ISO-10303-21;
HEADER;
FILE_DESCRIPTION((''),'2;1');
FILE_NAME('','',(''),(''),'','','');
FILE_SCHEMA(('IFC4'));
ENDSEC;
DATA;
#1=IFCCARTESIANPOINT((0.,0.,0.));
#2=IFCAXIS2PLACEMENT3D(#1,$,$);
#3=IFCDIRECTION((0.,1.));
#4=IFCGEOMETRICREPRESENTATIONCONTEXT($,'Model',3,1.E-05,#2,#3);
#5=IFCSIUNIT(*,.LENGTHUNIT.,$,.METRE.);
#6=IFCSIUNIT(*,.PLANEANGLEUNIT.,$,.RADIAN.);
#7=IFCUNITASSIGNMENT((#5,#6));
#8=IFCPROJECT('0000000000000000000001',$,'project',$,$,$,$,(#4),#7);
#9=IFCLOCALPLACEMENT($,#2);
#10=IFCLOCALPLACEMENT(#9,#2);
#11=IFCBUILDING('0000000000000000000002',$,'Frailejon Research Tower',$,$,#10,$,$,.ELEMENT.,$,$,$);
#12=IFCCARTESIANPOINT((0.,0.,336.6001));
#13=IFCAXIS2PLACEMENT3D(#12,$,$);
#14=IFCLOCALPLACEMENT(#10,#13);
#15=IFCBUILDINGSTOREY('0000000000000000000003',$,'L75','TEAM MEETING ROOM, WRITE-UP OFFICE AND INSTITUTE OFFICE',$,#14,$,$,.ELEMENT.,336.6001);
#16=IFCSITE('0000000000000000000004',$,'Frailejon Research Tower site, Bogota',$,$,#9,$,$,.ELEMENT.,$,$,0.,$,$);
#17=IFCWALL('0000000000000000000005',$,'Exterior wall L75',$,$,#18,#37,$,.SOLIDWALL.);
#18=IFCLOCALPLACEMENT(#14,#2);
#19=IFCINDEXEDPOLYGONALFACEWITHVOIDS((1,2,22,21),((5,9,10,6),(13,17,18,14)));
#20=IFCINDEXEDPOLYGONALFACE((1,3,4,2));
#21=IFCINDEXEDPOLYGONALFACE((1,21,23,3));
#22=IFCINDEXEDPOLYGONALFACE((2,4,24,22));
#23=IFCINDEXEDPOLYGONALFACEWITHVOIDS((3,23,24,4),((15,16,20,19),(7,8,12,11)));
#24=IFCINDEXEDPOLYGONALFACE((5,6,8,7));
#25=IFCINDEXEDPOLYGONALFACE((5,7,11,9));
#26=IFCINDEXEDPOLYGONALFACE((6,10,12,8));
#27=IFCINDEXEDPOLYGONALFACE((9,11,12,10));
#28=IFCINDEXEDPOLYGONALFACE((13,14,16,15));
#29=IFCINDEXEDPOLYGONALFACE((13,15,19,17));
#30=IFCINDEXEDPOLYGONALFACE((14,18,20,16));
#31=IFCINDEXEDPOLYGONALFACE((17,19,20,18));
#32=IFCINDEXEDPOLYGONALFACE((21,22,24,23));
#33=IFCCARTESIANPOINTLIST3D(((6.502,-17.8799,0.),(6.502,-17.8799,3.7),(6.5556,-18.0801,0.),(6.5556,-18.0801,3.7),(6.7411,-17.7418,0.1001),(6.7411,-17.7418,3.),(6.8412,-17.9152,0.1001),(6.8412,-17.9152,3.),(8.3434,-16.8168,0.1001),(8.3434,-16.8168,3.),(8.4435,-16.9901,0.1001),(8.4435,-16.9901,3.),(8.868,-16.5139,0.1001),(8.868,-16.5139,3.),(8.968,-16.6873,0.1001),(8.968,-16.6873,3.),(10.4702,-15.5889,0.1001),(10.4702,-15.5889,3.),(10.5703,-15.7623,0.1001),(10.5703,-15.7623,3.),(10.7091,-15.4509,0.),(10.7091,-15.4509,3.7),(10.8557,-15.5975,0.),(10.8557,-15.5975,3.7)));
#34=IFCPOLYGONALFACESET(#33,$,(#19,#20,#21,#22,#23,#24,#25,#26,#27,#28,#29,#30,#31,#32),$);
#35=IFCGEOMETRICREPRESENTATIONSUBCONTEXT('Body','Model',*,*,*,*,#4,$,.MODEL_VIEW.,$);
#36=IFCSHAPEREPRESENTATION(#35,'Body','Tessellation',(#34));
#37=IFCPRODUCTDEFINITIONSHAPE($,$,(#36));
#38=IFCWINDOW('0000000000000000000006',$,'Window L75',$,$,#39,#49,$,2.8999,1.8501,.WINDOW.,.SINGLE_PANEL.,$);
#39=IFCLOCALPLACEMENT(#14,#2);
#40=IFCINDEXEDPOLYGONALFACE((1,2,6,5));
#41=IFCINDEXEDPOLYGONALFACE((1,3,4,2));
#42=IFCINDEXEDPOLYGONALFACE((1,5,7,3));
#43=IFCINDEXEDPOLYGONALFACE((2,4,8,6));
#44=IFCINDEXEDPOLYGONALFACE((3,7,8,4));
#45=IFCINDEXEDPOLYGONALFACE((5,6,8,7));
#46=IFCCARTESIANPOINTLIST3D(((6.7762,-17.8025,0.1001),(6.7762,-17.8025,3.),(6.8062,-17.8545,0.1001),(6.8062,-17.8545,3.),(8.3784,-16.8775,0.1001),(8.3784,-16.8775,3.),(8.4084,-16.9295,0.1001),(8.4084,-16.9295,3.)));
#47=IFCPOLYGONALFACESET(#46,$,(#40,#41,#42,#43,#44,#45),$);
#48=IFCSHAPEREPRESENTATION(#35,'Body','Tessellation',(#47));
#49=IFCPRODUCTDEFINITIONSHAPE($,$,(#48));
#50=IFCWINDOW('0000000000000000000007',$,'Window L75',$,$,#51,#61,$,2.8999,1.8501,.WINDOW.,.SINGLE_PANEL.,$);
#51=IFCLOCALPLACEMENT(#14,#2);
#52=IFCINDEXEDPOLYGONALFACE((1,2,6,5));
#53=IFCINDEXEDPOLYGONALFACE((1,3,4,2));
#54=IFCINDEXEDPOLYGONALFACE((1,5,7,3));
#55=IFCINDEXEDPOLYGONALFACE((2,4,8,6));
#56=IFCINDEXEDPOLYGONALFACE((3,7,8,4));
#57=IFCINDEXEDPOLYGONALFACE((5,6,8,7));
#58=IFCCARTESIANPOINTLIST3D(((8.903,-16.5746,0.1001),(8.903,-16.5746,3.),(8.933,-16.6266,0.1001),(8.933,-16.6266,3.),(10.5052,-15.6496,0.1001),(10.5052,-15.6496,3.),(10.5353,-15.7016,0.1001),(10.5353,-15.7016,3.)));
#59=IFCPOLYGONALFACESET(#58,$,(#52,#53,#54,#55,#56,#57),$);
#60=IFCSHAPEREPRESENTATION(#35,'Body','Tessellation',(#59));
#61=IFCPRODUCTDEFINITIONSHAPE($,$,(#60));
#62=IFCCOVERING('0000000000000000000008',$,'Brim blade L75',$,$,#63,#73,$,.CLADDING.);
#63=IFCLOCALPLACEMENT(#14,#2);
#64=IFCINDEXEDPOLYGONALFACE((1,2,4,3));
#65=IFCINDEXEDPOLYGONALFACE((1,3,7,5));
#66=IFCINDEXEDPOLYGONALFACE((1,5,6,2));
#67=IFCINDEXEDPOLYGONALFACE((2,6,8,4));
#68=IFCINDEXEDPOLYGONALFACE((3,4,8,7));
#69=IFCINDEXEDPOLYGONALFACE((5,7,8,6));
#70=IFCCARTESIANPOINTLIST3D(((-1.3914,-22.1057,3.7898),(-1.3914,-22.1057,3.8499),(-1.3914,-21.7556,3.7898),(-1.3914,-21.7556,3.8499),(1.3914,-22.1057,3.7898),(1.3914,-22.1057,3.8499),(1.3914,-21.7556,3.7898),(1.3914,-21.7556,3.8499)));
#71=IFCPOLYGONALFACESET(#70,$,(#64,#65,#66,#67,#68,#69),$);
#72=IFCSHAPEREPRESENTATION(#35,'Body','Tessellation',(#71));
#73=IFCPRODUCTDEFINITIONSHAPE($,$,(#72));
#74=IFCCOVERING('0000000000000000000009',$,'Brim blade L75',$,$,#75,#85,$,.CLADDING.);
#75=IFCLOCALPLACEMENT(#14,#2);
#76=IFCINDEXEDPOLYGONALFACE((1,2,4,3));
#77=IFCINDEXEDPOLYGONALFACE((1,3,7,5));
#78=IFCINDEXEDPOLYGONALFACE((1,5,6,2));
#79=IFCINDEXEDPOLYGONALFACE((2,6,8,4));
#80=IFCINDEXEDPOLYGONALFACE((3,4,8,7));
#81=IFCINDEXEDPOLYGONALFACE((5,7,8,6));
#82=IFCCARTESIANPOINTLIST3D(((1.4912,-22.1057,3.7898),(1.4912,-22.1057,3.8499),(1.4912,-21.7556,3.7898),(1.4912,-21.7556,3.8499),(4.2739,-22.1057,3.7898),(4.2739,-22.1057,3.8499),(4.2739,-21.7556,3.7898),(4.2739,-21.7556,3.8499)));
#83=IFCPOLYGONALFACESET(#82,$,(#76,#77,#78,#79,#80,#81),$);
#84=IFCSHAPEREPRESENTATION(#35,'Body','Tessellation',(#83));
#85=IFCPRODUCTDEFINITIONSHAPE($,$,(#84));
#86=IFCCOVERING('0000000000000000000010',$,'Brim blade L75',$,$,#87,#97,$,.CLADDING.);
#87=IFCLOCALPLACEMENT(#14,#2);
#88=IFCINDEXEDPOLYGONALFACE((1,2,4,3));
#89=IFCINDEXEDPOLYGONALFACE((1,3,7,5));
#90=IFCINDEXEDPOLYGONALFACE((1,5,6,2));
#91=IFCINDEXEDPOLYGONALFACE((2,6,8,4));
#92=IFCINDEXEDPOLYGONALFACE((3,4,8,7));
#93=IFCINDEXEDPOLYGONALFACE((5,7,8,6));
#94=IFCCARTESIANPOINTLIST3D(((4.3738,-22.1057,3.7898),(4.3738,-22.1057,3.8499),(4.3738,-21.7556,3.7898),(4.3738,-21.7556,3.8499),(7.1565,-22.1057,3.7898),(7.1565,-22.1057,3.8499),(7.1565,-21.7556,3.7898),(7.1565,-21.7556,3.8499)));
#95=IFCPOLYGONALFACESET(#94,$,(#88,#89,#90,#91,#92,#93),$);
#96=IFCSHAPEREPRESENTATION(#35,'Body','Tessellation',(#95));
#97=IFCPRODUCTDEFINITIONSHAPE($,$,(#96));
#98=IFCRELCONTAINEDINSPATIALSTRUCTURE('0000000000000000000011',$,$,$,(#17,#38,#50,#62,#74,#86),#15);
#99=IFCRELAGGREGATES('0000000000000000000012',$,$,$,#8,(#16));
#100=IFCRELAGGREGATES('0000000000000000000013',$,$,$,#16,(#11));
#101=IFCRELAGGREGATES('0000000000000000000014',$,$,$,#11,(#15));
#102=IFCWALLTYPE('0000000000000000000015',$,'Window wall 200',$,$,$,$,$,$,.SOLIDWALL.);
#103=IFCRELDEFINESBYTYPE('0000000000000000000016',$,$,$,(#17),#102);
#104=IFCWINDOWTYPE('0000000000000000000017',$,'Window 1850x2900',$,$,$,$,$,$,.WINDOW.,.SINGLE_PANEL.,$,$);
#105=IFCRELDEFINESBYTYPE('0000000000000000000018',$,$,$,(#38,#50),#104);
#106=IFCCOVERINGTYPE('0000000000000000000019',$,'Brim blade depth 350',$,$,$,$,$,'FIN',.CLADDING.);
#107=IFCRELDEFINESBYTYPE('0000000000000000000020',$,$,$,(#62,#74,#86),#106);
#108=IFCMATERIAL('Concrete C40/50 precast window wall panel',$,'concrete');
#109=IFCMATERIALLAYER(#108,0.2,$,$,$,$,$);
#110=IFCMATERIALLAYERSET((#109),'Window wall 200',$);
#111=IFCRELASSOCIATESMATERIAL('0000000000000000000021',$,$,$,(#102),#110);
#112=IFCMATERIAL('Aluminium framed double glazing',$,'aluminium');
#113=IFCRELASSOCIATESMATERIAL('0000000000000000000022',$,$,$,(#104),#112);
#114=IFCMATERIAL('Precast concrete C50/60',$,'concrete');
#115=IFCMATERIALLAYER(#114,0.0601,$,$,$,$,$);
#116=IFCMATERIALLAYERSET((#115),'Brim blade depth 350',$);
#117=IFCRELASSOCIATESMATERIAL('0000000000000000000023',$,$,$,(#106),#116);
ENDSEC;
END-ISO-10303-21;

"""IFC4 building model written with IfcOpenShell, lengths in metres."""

from ifc_helpers import new_model, si_unit, direction, frame, frame_2d, origin, place, context, subcontext, project, spatial, polyline, rectangle, outline, extrude, material, layer, layer_set, type_object, element, fill, save


model = new_model("IFC4")

# Units and contexts
model_context = context("Model", 3, precision=1e-05, world=origin(), true_north=direction((0.0, 1.0)))
body_context = subcontext(model_context, "Body", "Model", "MODEL_VIEW")
ifc_project = project(units=[si_unit("LENGTHUNIT", "METRE"), si_unit("PLANEANGLEUNIT", "RADIAN")], contexts=[model_context])

# Site, building, storey
site_placement = place(None, origin())
site = spatial("IfcSite", under=ifc_project, at=site_placement, Name="Frailejon Research Tower site, Bogota", CompositionType="ELEMENT", RefElevation=0.0)
building_placement = place(site_placement, origin())
building = spatial("IfcBuilding", under=site, at=building_placement, Name="Frailejon Research Tower", CompositionType="ELEMENT")
storey_placement = place(building_placement, frame((0.0, 0.0, 336.6001)))
storey = spatial("IfcBuildingStorey", under=building, at=storey_placement, Name="L75", Description="TEAM MEETING ROOM, WRITE-UP OFFICE AND INSTITUTE OFFICE", CompositionType="ELEMENT", Elevation=336.6001)

# Wall, openings, windows
ifc_material_1 = material(Name="Concrete C40/50 precast window wall panel", Category="concrete")
ifc_layer_1 = layer(ifc_material_1, 0.2)
ifc_layer_set_1 = layer_set([ifc_layer_1], Name="Window wall 200")
wall_type_1 = type_object("IfcWallType", Name="Window wall 200", PredefinedType="SOLIDWALL", material=ifc_layer_set_1)
wall_1_placement = place(storey_placement, frame((6.5288, -17.98, 0.0), z_axis=(0.0, 0.0, 1.0), x_axis=(0.866029, 0.499994, 0.0)))
wall_1 = element("IfcWall", 1, at=wall_1_placement, inside=storey, type_object=wall_type_1, Name="Exterior wall L75", PredefinedType="SOLIDWALL", context=body_context, shape_type="SweptSolid", body=[
    extrude(outline(polyline([(-0.0269, -0.1001), (1.2144, -0.1001), (2.4558, -0.1001), (3.6973, -0.1001), (4.9385, -0.1001), (4.8848, 0.1001), (3.6704, 0.1001), (2.4558, 0.1001), (1.2412, 0.1001), (0.0269, 0.1001), (-0.0269, -0.1001)])), origin(), (0.0, 0.0, 1.0), 3.7),
])
opening_1_placement = place(wall_1_placement, frame((0.303, 0.0, 0.1001)))
opening_1 = element("IfcOpeningElement", 2, at=opening_1_placement, cuts=wall_1, PredefinedType="OPENING", context=body_context, shape_type="SweptSolid", body=[
    extrude(rectangle(XDim=1.8501, YDim=2.8999, at=frame_2d((0.925, 1.45))), frame((0.0, 0.1099, 0.0), z_axis=(0.0, -1.0, 0.0), x_axis=(1.0, 0.0, 0.0)), (0.0, 0.0, 1.0), 0.22),
])
opening_2_placement = place(wall_1_placement, frame((2.7588, 0.0, 0.1001)))
opening_2 = element("IfcOpeningElement", 3, at=opening_2_placement, cuts=wall_1, PredefinedType="OPENING", context=body_context, shape_type="SweptSolid", body=[
    extrude(rectangle(XDim=1.8501, YDim=2.8999, at=frame_2d((0.925, 1.45))), frame((0.0, 0.1099, 0.0), z_axis=(0.0, -1.0, 0.0), x_axis=(1.0, 0.0, 0.0)), (0.0, 0.0, 1.0), 0.22),
])
ifc_material_2 = material(Name="Aluminium framed double glazing", Category="aluminium")
window_type = type_object("IfcWindowType", Name="Window 1850x2900", PartitioningType="SINGLE_PANEL", PredefinedType="WINDOW", material=ifc_material_2)
window_1_placement = place(opening_1_placement, origin())
window_1 = element("IfcWindow", 4, at=window_1_placement, inside=storey, type_object=window_type, Name="Window L75", OverallHeight=2.8999, OverallWidth=1.8501, PartitioningType="SINGLE_PANEL", PredefinedType="WINDOW", context=body_context, shape_type="SweptSolid", body=[
    extrude(rectangle(XDim=1.8501, YDim=2.8999, at=frame_2d((0.925, 1.45))), frame((0.0, 0.03, 0.0), z_axis=(0.0, -1.0, 0.0), x_axis=(1.0, 0.0, 0.0)), (0.0, 0.0, 1.0), 0.0601),
])
fill(opening_1, window_1)
window_2_placement = place(opening_2_placement, origin())
window_2 = element("IfcWindow", 5, at=window_2_placement, inside=storey, type_object=window_type, Name="Window L75", OverallHeight=2.8999, OverallWidth=1.8501, PartitioningType="SINGLE_PANEL", PredefinedType="WINDOW", context=body_context, shape_type="SweptSolid", body=[
    extrude(rectangle(XDim=1.8501, YDim=2.8999, at=frame_2d((0.925, 1.45))), frame((0.0, 0.03, 0.0), z_axis=(0.0, -1.0, 0.0), x_axis=(1.0, 0.0, 0.0)), (0.0, 0.0, 1.0), 0.0601),
])
fill(opening_2, window_2)

# Coverings
ifc_material_3 = material(Name="Precast concrete C50/60", Category="concrete")
ifc_layer_2 = layer(ifc_material_3, 0.0601)
ifc_layer_set_2 = layer_set([ifc_layer_2], Name="Brim blade depth 350")
covering_type = type_object("IfcCoveringType", Name="Brim blade depth 350", ElementType="FIN", PredefinedType="CLADDING", material=ifc_layer_set_2)
for number, where, z_axis, x_axis, name in (
    (6, (1.3914, -21.7556, 3.8499), (-1.0, 0.0, 0.0), (0.0, -1.0, 0.0), "Brim blade L75"),
    (7, (4.2739, -21.7556, 3.8499), (-1.0, 0.0, 0.0), (0.0, -1.0, 0.0), "Brim blade L75"),
    (8, (7.1565, -21.7556, 3.8499), (-1.0, 0.0, 0.0), (0.0, -1.0, 0.0), "Brim blade L75"),
):
    element("IfcCovering", number, at=place(storey_placement, frame(where, z_axis=z_axis, x_axis=x_axis)), inside=storey, type_object=covering_type, Name=name, PredefinedType="CLADDING", context=body_context, shape_type="SweptSolid", body=[
        extrude(outline(polyline([(0.0, -0.0601), (0.3501, -0.0601), (0.3501, 0.0), (0.0, 0.0), (0.0, -0.0601)])), origin(), (0.0, 0.0, 1.0), 2.7827),
    ])

save(model, "model.ifc")
